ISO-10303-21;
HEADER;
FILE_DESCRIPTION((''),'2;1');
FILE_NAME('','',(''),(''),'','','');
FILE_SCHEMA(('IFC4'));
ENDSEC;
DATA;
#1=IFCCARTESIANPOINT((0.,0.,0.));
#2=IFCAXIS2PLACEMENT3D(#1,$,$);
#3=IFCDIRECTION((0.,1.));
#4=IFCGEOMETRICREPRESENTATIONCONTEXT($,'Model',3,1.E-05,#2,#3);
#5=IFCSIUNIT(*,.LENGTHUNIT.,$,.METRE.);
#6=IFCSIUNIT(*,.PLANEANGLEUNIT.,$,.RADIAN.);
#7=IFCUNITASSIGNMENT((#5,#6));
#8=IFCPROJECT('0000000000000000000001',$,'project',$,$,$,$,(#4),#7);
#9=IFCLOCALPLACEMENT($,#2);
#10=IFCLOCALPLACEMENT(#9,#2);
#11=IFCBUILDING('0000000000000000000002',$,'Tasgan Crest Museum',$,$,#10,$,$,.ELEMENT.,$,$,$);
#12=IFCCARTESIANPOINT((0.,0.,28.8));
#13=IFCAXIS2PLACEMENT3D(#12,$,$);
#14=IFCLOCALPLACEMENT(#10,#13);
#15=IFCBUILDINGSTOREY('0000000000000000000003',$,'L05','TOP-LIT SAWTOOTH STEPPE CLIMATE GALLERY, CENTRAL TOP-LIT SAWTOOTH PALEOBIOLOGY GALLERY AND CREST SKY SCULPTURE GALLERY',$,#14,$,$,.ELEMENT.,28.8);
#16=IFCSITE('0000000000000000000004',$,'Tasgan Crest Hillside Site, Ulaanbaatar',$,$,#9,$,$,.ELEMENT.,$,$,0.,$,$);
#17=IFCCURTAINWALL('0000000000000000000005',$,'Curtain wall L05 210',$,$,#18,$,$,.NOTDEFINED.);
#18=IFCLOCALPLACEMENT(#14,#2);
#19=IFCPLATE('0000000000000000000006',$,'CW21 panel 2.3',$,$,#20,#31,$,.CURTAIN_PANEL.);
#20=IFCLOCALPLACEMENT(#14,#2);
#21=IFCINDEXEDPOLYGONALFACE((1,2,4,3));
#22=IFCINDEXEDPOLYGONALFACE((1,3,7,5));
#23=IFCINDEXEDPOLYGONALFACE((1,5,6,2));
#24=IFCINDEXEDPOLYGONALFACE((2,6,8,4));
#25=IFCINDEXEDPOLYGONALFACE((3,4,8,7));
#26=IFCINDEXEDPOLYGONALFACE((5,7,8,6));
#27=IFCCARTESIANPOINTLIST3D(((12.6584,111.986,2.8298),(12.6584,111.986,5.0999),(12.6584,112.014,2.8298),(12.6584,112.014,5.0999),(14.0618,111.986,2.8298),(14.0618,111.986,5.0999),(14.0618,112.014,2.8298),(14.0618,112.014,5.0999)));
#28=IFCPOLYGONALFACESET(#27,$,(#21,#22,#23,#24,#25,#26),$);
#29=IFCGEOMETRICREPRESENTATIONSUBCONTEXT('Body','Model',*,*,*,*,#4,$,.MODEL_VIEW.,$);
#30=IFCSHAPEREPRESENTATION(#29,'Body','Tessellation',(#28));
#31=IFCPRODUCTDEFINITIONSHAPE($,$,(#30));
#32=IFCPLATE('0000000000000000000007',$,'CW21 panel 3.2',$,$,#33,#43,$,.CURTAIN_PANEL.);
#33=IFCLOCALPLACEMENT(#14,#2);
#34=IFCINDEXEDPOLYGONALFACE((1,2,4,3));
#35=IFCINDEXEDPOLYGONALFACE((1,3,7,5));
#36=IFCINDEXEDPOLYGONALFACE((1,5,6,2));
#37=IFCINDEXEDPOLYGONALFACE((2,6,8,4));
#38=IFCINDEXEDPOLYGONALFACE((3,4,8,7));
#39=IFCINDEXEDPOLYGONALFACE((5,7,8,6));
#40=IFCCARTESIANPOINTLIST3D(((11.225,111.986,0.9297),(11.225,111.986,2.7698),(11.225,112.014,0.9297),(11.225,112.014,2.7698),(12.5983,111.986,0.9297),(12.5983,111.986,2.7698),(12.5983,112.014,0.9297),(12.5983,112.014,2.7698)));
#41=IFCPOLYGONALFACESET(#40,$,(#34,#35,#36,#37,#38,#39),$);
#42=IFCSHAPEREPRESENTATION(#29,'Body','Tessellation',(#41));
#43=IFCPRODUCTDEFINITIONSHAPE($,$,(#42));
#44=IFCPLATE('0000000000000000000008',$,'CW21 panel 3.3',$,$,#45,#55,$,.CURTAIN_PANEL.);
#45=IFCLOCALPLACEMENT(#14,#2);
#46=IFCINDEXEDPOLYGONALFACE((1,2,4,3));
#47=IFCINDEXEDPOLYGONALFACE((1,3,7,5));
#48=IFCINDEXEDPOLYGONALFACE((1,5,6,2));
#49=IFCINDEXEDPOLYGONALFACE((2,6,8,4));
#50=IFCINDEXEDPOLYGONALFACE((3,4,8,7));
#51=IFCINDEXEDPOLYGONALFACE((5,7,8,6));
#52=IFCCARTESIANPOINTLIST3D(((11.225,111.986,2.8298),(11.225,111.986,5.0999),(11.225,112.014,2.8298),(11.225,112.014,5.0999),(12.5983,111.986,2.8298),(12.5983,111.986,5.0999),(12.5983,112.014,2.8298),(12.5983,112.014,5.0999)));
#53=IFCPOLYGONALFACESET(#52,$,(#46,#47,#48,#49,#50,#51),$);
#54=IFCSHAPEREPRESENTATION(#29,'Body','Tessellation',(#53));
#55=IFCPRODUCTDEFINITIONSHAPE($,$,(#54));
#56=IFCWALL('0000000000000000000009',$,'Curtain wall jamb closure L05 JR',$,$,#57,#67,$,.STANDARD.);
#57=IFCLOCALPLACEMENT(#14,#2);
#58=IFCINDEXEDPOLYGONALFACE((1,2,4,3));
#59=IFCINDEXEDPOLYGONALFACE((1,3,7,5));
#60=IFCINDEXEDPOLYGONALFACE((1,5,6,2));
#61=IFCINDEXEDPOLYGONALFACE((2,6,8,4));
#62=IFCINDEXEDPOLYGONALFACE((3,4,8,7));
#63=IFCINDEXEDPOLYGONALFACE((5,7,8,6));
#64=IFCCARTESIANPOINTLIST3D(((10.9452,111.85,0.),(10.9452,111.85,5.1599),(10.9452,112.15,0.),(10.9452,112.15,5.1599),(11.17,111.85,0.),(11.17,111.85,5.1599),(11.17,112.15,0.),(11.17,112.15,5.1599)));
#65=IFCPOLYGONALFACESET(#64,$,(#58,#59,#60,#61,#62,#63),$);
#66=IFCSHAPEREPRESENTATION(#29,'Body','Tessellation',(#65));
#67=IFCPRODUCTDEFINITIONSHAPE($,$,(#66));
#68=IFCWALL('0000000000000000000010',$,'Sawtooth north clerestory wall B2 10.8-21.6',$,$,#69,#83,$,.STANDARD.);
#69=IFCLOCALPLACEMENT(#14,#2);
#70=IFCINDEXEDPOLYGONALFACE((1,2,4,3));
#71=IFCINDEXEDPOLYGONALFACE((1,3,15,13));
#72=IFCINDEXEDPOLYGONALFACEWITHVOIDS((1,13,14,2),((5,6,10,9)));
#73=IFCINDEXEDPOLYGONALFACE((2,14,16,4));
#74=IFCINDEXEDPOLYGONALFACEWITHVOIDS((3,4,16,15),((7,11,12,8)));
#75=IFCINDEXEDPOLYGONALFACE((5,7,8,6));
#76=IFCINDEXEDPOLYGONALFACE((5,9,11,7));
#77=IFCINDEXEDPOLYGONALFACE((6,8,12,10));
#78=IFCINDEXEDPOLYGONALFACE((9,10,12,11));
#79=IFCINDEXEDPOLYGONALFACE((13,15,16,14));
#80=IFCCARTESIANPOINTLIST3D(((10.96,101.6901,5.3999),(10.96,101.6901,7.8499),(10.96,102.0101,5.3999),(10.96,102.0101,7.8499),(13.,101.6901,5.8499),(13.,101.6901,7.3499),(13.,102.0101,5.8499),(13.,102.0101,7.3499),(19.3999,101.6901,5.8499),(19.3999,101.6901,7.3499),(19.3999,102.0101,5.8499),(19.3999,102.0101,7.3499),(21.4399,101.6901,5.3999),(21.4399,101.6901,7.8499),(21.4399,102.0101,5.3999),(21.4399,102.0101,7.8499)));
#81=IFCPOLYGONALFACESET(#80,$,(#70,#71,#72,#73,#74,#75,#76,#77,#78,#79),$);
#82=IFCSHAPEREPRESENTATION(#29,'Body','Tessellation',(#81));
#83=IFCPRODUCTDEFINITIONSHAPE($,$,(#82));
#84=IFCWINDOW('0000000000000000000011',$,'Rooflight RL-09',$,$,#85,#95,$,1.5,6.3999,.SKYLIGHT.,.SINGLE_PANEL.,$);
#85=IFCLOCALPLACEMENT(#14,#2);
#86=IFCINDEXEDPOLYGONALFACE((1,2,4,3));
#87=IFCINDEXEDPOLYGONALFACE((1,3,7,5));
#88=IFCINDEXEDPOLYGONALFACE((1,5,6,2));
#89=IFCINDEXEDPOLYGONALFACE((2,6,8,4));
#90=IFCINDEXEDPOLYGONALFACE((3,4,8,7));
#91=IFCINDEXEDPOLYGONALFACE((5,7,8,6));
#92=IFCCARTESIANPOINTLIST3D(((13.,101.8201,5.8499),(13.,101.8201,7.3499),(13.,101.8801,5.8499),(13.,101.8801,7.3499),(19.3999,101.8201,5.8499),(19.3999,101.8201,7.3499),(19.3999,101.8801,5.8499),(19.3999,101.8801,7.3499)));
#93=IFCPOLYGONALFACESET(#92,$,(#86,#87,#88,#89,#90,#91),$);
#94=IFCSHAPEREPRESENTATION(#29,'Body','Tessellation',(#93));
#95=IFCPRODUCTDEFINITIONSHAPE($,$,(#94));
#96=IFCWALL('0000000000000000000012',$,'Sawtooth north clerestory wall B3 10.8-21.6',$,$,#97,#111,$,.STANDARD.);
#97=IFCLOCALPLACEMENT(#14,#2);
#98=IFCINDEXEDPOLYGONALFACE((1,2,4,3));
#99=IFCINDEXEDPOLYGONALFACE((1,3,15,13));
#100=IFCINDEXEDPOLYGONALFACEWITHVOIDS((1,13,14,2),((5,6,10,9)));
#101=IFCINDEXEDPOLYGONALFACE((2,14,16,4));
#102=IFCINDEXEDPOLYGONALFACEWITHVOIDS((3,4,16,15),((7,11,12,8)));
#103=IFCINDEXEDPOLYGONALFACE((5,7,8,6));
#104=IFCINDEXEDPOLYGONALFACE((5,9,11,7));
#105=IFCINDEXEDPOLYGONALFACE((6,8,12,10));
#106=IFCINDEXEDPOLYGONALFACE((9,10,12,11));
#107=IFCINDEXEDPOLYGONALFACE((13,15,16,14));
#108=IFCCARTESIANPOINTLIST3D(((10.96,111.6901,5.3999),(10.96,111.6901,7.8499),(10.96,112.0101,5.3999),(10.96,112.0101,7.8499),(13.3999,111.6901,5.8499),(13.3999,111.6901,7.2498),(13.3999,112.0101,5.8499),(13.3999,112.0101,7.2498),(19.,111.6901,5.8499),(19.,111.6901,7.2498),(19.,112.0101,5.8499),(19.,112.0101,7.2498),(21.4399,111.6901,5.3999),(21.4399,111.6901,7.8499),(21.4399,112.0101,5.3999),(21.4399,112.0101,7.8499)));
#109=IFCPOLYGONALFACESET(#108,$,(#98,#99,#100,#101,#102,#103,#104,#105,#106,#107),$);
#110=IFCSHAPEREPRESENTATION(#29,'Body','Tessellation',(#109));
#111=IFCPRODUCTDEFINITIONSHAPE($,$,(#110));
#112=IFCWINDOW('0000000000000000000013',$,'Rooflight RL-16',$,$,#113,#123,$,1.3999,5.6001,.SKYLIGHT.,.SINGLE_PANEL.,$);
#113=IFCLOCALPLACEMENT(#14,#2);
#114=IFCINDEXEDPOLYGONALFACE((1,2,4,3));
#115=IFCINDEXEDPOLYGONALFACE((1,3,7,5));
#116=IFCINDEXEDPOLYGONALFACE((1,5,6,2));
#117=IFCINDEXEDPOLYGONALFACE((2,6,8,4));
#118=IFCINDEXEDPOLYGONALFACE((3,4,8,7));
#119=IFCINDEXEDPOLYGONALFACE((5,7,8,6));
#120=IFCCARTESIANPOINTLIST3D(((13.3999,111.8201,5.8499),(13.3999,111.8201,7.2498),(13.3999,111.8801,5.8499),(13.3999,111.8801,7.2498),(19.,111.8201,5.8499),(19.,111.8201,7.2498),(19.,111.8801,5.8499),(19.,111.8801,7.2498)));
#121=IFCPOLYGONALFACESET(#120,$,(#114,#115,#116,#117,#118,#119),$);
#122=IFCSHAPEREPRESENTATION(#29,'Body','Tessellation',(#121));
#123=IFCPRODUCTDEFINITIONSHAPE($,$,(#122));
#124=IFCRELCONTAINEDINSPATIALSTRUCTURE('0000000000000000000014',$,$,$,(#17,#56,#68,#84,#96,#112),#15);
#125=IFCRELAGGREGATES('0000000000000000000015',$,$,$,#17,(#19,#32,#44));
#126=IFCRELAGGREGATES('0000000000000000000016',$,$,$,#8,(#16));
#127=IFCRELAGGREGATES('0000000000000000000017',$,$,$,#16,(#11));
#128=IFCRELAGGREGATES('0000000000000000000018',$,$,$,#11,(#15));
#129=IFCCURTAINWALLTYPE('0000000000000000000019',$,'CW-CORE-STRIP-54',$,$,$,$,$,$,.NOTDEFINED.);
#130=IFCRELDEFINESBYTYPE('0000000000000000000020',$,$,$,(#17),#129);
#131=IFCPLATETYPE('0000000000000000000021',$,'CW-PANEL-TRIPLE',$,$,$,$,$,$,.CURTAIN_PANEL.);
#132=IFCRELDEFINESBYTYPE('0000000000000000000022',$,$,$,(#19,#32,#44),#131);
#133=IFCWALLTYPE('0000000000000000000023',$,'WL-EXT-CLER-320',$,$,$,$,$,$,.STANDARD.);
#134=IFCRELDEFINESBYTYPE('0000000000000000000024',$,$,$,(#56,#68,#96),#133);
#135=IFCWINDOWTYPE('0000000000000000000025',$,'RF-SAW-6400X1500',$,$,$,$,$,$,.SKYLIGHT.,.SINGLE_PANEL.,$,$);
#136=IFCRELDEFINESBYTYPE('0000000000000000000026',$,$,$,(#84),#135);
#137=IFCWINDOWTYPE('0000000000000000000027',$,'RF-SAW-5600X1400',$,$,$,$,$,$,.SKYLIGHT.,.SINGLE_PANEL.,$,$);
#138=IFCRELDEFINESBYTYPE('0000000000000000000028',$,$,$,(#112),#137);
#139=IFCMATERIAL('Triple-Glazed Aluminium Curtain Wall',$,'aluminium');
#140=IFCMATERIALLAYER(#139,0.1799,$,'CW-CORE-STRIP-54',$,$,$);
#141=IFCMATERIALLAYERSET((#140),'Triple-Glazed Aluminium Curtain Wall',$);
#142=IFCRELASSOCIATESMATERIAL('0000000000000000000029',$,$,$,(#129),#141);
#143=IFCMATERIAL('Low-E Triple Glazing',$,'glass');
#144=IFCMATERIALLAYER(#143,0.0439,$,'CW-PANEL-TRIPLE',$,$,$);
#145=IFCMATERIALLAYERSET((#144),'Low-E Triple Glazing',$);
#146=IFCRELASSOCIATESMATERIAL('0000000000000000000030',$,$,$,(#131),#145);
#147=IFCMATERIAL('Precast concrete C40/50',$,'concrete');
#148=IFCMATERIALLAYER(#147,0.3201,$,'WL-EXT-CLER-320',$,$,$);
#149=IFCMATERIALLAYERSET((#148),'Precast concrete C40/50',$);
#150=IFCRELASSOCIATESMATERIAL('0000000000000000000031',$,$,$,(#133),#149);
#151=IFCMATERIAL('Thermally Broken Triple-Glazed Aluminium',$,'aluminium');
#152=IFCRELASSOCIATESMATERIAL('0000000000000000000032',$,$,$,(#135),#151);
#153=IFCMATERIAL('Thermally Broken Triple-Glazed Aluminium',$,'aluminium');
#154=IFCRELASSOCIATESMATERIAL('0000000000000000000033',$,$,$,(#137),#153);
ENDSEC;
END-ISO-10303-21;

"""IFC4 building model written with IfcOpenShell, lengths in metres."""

from ifc_helpers import new_model, si_unit, direction, frame, frame_2d, origin, origin_2d, place, context, subcontext, project, spatial, rectangle, extrude, material, layer, layer_set, type_object, element, fill, aggregate, save


model = new_model("IFC4")

# Units and contexts
model_context = context("Model", 3, precision=1e-05, world=origin(), true_north=direction((0.0, 1.0)))
body_context = subcontext(model_context, "Body", "Model", "MODEL_VIEW")
ifc_project = project(units=[si_unit("LENGTHUNIT", "METRE"), si_unit("PLANEANGLEUNIT", "RADIAN")], contexts=[model_context])

# Site, building, storey
site_placement = place(None, origin())
site = spatial("IfcSite", under=ifc_project, at=site_placement, Name="Tasgan Crest Hillside Site, Ulaanbaatar", CompositionType="ELEMENT", RefElevation=0.0)
building_placement = place(site_placement, origin())
building = spatial("IfcBuilding", under=site, at=building_placement, Name="Tasgan Crest Museum", CompositionType="ELEMENT")
storey_placement = place(building_placement, frame((0.0, 0.0, 28.8)))
storey = spatial("IfcBuildingStorey", under=building, at=storey_placement, Name="L05", Description="TOP-LIT SAWTOOTH STEPPE CLIMATE GALLERY, CENTRAL TOP-LIT SAWTOOTH PALEOBIOLOGY GALLERY AND CREST SKY SCULPTURE GALLERY", CompositionType="ELEMENT", Elevation=28.8)

# Curtain wall
ifc_material_1 = material(Name="Triple-Glazed Aluminium Curtain Wall", Category="aluminium")
ifc_layer_1 = layer(ifc_material_1, 0.1799, Name="CW-CORE-STRIP-54")
ifc_layer_set_1 = layer_set([ifc_layer_1], Name="Triple-Glazed Aluminium Curtain Wall")
curtain_wall_type = type_object("IfcCurtainWallType", Name="CW-CORE-STRIP-54", PredefinedType="NOTDEFINED", material=ifc_layer_set_1)
curtain_wall_placement = place(storey_placement, origin())
curtain_wall = element("IfcCurtainWall", 1, at=curtain_wall_placement, inside=storey, type_object=curtain_wall_type, Name="Curtain wall L05 210", PredefinedType="NOTDEFINED")

# Plates
ifc_material_2 = material(Name="Low-E Triple Glazing", Category="glass")
ifc_layer_2 = layer(ifc_material_2, 0.0439, Name="CW-PANEL-TRIPLE")
ifc_layer_set_2 = layer_set([ifc_layer_2], Name="Low-E Triple Glazing")
plate_type_1 = type_object("IfcPlateType", Name="CW-PANEL-TRIPLE", PredefinedType="CURTAIN_PANEL", material=ifc_layer_set_2)
plate_1_placement = place(storey_placement, frame((13.3601, 112.0, 2.8298), z_axis=(0.0, 0.0, 1.0), x_axis=(-1.0, 0.0, 0.0)))
plate_1 = element("IfcPlate", 2, at=plate_1_placement, type_object=plate_type_1, Name="CW21 panel 2.3", PredefinedType="CURTAIN_PANEL", context=body_context, shape_type="SweptSolid", body=[
    extrude(rectangle(XDim=1.4033, YDim=0.0281, at=origin_2d()), origin(), (0.0, 0.0, 1.0), 2.27),
])
plate_2_placement = place(storey_placement, frame((11.9116, 112.0, 0.9297), z_axis=(0.0, 0.0, 1.0), x_axis=(-1.0, 0.0, 0.0)))
plate_2 = element("IfcPlate", 3, at=plate_2_placement, type_object=plate_type_1, Name="CW21 panel 3.2", PredefinedType="CURTAIN_PANEL", context=body_context, shape_type="SweptSolid", body=[
    extrude(rectangle(XDim=1.3733, YDim=0.0281, at=origin_2d()), origin(), (0.0, 0.0, 1.0), 1.8401),
])
plate_3_placement = place(storey_placement, frame((11.9116, 112.0, 2.8298), z_axis=(0.0, 0.0, 1.0), x_axis=(-1.0, 0.0, 0.0)))
plate_3 = element("IfcPlate", 4, at=plate_3_placement, type_object=plate_type_1, Name="CW21 panel 3.3", PredefinedType="CURTAIN_PANEL", context=body_context, shape_type="SweptSolid", body=[
    extrude(rectangle(XDim=1.3733, YDim=0.0281, at=origin_2d()), origin(), (0.0, 0.0, 1.0), 2.27),
])
aggregate(curtain_wall, [plate_1, plate_2, plate_3])

# Wall
ifc_material_3 = material(Name="Precast concrete C40/50", Category="concrete")
ifc_layer_3 = layer(ifc_material_3, 0.3201, Name="WL-EXT-CLER-320")
ifc_layer_set_3 = layer_set([ifc_layer_3], Name="Precast concrete C40/50")
wall_type = type_object("IfcWallType", Name="WL-EXT-CLER-320", PredefinedType="STANDARD", material=ifc_layer_set_3)
wall_1_placement = place(storey_placement, frame((11.1699, 112.0, 0.0), z_axis=(0.0, 0.0, 1.0), x_axis=(-1.0, 0.0, 0.0)))
element("IfcWall", 5, at=wall_1_placement, inside=storey, type_object=wall_type, Name="Curtain wall jamb closure L05 JR", PredefinedType="STANDARD", context=body_context, shape_type="SweptSolid", body=[
    extrude(rectangle(XDim=0.2249, YDim=0.3, at=frame_2d((0.1123, 0.0))), origin(), (0.0, 0.0, 1.0), 5.1599),
])

# Walls, openings, windows
wall_2_placement = place(storey_placement, frame((10.96, 101.8501, 5.3999), z_axis=(0.0, 0.0, 1.0), x_axis=(1.0, 0.0, 0.0)))
wall_2 = element("IfcWall", 6, at=wall_2_placement, inside=storey, type_object=wall_type, Name="Sawtooth north clerestory wall B2 10.8-21.6", PredefinedType="STANDARD", context=body_context, shape_type="SweptSolid", body=[
    extrude(rectangle(XDim=10.48, YDim=0.3201, at=frame_2d((5.24, 0.0))), origin(), (0.0, 0.0, 1.0), 2.45),
])
opening_1_placement = place(wall_2_placement, frame((2.04, 0.0, 0.45)))
opening_1 = element("IfcOpeningElement", 7, at=opening_1_placement, cuts=wall_2, PredefinedType="OPENING", context=body_context, shape_type="SweptSolid", body=[
    extrude(rectangle(XDim=6.3999, YDim=1.5, at=frame_2d((3.2, 0.75))), frame((0.0, 0.1699, 0.0), z_axis=(0.0, -1.0, 0.0), x_axis=(1.0, 0.0, 0.0)), (0.0, 0.0, 1.0), 0.3401),
])
ifc_material_4 = material(Name="Thermally Broken Triple-Glazed Aluminium", Category="aluminium")
window_type_1 = type_object("IfcWindowType", Name="RF-SAW-6400X1500", PartitioningType="SINGLE_PANEL", PredefinedType="SKYLIGHT", material=ifc_material_4)
window_1_placement = place(opening_1_placement, origin())
window_1 = element("IfcWindow", 8, at=window_1_placement, inside=storey, type_object=window_type_1, Name="Rooflight RL-09", OverallHeight=1.5, OverallWidth=6.3999, PartitioningType="SINGLE_PANEL", PredefinedType="SKYLIGHT", context=body_context, shape_type="SweptSolid", body=[
    extrude(rectangle(XDim=6.3999, YDim=1.5, at=frame_2d((3.2, 0.75))), frame((0.0, 0.03, 0.0), z_axis=(0.0, -1.0, 0.0), x_axis=(1.0, 0.0, 0.0)), (0.0, 0.0, 1.0), 0.0601),
])
fill(opening_1, window_1)
wall_3_placement = place(storey_placement, frame((10.96, 111.8501, 5.3999), z_axis=(0.0, 0.0, 1.0), x_axis=(1.0, 0.0, 0.0)))
wall_3 = element("IfcWall", 9, at=wall_3_placement, inside=storey, type_object=wall_type, Name="Sawtooth north clerestory wall B3 10.8-21.6", PredefinedType="STANDARD", context=body_context, shape_type="SweptSolid", body=[
    extrude(rectangle(XDim=10.48, YDim=0.3201, at=frame_2d((5.24, 0.0))), origin(), (0.0, 0.0, 1.0), 2.45),
])
opening_2_placement = place(wall_3_placement, frame((2.4399, 0.0, 0.45)))
opening_2 = element("IfcOpeningElement", 10, at=opening_2_placement, cuts=wall_3, PredefinedType="OPENING", context=body_context, shape_type="SweptSolid", body=[
    extrude(rectangle(XDim=5.6001, YDim=1.3999, at=frame_2d((2.8, 0.7))), frame((0.0, 0.1699, 0.0), z_axis=(0.0, -1.0, 0.0), x_axis=(1.0, 0.0, 0.0)), (0.0, 0.0, 1.0), 0.3401),
])
ifc_material_5 = material(Name="Thermally Broken Triple-Glazed Aluminium", Category="aluminium")
window_type_2 = type_object("IfcWindowType", Name="RF-SAW-5600X1400", PartitioningType="SINGLE_PANEL", PredefinedType="SKYLIGHT", material=ifc_material_5)
window_2_placement = place(opening_2_placement, origin())
window_2 = element("IfcWindow", 11, at=window_2_placement, inside=storey, type_object=window_type_2, Name="Rooflight RL-16", OverallHeight=1.3999, OverallWidth=5.6001, PartitioningType="SINGLE_PANEL", PredefinedType="SKYLIGHT", context=body_context, shape_type="SweptSolid", body=[
    extrude(rectangle(XDim=5.6001, YDim=1.3999, at=frame_2d((2.8, 0.7))), frame((0.0, 0.03, 0.0), z_axis=(0.0, -1.0, 0.0), x_axis=(1.0, 0.0, 0.0)), (0.0, 0.0, 1.0), 0.0601),
])
fill(opening_2, window_2)

save(model, "model.ifc")
